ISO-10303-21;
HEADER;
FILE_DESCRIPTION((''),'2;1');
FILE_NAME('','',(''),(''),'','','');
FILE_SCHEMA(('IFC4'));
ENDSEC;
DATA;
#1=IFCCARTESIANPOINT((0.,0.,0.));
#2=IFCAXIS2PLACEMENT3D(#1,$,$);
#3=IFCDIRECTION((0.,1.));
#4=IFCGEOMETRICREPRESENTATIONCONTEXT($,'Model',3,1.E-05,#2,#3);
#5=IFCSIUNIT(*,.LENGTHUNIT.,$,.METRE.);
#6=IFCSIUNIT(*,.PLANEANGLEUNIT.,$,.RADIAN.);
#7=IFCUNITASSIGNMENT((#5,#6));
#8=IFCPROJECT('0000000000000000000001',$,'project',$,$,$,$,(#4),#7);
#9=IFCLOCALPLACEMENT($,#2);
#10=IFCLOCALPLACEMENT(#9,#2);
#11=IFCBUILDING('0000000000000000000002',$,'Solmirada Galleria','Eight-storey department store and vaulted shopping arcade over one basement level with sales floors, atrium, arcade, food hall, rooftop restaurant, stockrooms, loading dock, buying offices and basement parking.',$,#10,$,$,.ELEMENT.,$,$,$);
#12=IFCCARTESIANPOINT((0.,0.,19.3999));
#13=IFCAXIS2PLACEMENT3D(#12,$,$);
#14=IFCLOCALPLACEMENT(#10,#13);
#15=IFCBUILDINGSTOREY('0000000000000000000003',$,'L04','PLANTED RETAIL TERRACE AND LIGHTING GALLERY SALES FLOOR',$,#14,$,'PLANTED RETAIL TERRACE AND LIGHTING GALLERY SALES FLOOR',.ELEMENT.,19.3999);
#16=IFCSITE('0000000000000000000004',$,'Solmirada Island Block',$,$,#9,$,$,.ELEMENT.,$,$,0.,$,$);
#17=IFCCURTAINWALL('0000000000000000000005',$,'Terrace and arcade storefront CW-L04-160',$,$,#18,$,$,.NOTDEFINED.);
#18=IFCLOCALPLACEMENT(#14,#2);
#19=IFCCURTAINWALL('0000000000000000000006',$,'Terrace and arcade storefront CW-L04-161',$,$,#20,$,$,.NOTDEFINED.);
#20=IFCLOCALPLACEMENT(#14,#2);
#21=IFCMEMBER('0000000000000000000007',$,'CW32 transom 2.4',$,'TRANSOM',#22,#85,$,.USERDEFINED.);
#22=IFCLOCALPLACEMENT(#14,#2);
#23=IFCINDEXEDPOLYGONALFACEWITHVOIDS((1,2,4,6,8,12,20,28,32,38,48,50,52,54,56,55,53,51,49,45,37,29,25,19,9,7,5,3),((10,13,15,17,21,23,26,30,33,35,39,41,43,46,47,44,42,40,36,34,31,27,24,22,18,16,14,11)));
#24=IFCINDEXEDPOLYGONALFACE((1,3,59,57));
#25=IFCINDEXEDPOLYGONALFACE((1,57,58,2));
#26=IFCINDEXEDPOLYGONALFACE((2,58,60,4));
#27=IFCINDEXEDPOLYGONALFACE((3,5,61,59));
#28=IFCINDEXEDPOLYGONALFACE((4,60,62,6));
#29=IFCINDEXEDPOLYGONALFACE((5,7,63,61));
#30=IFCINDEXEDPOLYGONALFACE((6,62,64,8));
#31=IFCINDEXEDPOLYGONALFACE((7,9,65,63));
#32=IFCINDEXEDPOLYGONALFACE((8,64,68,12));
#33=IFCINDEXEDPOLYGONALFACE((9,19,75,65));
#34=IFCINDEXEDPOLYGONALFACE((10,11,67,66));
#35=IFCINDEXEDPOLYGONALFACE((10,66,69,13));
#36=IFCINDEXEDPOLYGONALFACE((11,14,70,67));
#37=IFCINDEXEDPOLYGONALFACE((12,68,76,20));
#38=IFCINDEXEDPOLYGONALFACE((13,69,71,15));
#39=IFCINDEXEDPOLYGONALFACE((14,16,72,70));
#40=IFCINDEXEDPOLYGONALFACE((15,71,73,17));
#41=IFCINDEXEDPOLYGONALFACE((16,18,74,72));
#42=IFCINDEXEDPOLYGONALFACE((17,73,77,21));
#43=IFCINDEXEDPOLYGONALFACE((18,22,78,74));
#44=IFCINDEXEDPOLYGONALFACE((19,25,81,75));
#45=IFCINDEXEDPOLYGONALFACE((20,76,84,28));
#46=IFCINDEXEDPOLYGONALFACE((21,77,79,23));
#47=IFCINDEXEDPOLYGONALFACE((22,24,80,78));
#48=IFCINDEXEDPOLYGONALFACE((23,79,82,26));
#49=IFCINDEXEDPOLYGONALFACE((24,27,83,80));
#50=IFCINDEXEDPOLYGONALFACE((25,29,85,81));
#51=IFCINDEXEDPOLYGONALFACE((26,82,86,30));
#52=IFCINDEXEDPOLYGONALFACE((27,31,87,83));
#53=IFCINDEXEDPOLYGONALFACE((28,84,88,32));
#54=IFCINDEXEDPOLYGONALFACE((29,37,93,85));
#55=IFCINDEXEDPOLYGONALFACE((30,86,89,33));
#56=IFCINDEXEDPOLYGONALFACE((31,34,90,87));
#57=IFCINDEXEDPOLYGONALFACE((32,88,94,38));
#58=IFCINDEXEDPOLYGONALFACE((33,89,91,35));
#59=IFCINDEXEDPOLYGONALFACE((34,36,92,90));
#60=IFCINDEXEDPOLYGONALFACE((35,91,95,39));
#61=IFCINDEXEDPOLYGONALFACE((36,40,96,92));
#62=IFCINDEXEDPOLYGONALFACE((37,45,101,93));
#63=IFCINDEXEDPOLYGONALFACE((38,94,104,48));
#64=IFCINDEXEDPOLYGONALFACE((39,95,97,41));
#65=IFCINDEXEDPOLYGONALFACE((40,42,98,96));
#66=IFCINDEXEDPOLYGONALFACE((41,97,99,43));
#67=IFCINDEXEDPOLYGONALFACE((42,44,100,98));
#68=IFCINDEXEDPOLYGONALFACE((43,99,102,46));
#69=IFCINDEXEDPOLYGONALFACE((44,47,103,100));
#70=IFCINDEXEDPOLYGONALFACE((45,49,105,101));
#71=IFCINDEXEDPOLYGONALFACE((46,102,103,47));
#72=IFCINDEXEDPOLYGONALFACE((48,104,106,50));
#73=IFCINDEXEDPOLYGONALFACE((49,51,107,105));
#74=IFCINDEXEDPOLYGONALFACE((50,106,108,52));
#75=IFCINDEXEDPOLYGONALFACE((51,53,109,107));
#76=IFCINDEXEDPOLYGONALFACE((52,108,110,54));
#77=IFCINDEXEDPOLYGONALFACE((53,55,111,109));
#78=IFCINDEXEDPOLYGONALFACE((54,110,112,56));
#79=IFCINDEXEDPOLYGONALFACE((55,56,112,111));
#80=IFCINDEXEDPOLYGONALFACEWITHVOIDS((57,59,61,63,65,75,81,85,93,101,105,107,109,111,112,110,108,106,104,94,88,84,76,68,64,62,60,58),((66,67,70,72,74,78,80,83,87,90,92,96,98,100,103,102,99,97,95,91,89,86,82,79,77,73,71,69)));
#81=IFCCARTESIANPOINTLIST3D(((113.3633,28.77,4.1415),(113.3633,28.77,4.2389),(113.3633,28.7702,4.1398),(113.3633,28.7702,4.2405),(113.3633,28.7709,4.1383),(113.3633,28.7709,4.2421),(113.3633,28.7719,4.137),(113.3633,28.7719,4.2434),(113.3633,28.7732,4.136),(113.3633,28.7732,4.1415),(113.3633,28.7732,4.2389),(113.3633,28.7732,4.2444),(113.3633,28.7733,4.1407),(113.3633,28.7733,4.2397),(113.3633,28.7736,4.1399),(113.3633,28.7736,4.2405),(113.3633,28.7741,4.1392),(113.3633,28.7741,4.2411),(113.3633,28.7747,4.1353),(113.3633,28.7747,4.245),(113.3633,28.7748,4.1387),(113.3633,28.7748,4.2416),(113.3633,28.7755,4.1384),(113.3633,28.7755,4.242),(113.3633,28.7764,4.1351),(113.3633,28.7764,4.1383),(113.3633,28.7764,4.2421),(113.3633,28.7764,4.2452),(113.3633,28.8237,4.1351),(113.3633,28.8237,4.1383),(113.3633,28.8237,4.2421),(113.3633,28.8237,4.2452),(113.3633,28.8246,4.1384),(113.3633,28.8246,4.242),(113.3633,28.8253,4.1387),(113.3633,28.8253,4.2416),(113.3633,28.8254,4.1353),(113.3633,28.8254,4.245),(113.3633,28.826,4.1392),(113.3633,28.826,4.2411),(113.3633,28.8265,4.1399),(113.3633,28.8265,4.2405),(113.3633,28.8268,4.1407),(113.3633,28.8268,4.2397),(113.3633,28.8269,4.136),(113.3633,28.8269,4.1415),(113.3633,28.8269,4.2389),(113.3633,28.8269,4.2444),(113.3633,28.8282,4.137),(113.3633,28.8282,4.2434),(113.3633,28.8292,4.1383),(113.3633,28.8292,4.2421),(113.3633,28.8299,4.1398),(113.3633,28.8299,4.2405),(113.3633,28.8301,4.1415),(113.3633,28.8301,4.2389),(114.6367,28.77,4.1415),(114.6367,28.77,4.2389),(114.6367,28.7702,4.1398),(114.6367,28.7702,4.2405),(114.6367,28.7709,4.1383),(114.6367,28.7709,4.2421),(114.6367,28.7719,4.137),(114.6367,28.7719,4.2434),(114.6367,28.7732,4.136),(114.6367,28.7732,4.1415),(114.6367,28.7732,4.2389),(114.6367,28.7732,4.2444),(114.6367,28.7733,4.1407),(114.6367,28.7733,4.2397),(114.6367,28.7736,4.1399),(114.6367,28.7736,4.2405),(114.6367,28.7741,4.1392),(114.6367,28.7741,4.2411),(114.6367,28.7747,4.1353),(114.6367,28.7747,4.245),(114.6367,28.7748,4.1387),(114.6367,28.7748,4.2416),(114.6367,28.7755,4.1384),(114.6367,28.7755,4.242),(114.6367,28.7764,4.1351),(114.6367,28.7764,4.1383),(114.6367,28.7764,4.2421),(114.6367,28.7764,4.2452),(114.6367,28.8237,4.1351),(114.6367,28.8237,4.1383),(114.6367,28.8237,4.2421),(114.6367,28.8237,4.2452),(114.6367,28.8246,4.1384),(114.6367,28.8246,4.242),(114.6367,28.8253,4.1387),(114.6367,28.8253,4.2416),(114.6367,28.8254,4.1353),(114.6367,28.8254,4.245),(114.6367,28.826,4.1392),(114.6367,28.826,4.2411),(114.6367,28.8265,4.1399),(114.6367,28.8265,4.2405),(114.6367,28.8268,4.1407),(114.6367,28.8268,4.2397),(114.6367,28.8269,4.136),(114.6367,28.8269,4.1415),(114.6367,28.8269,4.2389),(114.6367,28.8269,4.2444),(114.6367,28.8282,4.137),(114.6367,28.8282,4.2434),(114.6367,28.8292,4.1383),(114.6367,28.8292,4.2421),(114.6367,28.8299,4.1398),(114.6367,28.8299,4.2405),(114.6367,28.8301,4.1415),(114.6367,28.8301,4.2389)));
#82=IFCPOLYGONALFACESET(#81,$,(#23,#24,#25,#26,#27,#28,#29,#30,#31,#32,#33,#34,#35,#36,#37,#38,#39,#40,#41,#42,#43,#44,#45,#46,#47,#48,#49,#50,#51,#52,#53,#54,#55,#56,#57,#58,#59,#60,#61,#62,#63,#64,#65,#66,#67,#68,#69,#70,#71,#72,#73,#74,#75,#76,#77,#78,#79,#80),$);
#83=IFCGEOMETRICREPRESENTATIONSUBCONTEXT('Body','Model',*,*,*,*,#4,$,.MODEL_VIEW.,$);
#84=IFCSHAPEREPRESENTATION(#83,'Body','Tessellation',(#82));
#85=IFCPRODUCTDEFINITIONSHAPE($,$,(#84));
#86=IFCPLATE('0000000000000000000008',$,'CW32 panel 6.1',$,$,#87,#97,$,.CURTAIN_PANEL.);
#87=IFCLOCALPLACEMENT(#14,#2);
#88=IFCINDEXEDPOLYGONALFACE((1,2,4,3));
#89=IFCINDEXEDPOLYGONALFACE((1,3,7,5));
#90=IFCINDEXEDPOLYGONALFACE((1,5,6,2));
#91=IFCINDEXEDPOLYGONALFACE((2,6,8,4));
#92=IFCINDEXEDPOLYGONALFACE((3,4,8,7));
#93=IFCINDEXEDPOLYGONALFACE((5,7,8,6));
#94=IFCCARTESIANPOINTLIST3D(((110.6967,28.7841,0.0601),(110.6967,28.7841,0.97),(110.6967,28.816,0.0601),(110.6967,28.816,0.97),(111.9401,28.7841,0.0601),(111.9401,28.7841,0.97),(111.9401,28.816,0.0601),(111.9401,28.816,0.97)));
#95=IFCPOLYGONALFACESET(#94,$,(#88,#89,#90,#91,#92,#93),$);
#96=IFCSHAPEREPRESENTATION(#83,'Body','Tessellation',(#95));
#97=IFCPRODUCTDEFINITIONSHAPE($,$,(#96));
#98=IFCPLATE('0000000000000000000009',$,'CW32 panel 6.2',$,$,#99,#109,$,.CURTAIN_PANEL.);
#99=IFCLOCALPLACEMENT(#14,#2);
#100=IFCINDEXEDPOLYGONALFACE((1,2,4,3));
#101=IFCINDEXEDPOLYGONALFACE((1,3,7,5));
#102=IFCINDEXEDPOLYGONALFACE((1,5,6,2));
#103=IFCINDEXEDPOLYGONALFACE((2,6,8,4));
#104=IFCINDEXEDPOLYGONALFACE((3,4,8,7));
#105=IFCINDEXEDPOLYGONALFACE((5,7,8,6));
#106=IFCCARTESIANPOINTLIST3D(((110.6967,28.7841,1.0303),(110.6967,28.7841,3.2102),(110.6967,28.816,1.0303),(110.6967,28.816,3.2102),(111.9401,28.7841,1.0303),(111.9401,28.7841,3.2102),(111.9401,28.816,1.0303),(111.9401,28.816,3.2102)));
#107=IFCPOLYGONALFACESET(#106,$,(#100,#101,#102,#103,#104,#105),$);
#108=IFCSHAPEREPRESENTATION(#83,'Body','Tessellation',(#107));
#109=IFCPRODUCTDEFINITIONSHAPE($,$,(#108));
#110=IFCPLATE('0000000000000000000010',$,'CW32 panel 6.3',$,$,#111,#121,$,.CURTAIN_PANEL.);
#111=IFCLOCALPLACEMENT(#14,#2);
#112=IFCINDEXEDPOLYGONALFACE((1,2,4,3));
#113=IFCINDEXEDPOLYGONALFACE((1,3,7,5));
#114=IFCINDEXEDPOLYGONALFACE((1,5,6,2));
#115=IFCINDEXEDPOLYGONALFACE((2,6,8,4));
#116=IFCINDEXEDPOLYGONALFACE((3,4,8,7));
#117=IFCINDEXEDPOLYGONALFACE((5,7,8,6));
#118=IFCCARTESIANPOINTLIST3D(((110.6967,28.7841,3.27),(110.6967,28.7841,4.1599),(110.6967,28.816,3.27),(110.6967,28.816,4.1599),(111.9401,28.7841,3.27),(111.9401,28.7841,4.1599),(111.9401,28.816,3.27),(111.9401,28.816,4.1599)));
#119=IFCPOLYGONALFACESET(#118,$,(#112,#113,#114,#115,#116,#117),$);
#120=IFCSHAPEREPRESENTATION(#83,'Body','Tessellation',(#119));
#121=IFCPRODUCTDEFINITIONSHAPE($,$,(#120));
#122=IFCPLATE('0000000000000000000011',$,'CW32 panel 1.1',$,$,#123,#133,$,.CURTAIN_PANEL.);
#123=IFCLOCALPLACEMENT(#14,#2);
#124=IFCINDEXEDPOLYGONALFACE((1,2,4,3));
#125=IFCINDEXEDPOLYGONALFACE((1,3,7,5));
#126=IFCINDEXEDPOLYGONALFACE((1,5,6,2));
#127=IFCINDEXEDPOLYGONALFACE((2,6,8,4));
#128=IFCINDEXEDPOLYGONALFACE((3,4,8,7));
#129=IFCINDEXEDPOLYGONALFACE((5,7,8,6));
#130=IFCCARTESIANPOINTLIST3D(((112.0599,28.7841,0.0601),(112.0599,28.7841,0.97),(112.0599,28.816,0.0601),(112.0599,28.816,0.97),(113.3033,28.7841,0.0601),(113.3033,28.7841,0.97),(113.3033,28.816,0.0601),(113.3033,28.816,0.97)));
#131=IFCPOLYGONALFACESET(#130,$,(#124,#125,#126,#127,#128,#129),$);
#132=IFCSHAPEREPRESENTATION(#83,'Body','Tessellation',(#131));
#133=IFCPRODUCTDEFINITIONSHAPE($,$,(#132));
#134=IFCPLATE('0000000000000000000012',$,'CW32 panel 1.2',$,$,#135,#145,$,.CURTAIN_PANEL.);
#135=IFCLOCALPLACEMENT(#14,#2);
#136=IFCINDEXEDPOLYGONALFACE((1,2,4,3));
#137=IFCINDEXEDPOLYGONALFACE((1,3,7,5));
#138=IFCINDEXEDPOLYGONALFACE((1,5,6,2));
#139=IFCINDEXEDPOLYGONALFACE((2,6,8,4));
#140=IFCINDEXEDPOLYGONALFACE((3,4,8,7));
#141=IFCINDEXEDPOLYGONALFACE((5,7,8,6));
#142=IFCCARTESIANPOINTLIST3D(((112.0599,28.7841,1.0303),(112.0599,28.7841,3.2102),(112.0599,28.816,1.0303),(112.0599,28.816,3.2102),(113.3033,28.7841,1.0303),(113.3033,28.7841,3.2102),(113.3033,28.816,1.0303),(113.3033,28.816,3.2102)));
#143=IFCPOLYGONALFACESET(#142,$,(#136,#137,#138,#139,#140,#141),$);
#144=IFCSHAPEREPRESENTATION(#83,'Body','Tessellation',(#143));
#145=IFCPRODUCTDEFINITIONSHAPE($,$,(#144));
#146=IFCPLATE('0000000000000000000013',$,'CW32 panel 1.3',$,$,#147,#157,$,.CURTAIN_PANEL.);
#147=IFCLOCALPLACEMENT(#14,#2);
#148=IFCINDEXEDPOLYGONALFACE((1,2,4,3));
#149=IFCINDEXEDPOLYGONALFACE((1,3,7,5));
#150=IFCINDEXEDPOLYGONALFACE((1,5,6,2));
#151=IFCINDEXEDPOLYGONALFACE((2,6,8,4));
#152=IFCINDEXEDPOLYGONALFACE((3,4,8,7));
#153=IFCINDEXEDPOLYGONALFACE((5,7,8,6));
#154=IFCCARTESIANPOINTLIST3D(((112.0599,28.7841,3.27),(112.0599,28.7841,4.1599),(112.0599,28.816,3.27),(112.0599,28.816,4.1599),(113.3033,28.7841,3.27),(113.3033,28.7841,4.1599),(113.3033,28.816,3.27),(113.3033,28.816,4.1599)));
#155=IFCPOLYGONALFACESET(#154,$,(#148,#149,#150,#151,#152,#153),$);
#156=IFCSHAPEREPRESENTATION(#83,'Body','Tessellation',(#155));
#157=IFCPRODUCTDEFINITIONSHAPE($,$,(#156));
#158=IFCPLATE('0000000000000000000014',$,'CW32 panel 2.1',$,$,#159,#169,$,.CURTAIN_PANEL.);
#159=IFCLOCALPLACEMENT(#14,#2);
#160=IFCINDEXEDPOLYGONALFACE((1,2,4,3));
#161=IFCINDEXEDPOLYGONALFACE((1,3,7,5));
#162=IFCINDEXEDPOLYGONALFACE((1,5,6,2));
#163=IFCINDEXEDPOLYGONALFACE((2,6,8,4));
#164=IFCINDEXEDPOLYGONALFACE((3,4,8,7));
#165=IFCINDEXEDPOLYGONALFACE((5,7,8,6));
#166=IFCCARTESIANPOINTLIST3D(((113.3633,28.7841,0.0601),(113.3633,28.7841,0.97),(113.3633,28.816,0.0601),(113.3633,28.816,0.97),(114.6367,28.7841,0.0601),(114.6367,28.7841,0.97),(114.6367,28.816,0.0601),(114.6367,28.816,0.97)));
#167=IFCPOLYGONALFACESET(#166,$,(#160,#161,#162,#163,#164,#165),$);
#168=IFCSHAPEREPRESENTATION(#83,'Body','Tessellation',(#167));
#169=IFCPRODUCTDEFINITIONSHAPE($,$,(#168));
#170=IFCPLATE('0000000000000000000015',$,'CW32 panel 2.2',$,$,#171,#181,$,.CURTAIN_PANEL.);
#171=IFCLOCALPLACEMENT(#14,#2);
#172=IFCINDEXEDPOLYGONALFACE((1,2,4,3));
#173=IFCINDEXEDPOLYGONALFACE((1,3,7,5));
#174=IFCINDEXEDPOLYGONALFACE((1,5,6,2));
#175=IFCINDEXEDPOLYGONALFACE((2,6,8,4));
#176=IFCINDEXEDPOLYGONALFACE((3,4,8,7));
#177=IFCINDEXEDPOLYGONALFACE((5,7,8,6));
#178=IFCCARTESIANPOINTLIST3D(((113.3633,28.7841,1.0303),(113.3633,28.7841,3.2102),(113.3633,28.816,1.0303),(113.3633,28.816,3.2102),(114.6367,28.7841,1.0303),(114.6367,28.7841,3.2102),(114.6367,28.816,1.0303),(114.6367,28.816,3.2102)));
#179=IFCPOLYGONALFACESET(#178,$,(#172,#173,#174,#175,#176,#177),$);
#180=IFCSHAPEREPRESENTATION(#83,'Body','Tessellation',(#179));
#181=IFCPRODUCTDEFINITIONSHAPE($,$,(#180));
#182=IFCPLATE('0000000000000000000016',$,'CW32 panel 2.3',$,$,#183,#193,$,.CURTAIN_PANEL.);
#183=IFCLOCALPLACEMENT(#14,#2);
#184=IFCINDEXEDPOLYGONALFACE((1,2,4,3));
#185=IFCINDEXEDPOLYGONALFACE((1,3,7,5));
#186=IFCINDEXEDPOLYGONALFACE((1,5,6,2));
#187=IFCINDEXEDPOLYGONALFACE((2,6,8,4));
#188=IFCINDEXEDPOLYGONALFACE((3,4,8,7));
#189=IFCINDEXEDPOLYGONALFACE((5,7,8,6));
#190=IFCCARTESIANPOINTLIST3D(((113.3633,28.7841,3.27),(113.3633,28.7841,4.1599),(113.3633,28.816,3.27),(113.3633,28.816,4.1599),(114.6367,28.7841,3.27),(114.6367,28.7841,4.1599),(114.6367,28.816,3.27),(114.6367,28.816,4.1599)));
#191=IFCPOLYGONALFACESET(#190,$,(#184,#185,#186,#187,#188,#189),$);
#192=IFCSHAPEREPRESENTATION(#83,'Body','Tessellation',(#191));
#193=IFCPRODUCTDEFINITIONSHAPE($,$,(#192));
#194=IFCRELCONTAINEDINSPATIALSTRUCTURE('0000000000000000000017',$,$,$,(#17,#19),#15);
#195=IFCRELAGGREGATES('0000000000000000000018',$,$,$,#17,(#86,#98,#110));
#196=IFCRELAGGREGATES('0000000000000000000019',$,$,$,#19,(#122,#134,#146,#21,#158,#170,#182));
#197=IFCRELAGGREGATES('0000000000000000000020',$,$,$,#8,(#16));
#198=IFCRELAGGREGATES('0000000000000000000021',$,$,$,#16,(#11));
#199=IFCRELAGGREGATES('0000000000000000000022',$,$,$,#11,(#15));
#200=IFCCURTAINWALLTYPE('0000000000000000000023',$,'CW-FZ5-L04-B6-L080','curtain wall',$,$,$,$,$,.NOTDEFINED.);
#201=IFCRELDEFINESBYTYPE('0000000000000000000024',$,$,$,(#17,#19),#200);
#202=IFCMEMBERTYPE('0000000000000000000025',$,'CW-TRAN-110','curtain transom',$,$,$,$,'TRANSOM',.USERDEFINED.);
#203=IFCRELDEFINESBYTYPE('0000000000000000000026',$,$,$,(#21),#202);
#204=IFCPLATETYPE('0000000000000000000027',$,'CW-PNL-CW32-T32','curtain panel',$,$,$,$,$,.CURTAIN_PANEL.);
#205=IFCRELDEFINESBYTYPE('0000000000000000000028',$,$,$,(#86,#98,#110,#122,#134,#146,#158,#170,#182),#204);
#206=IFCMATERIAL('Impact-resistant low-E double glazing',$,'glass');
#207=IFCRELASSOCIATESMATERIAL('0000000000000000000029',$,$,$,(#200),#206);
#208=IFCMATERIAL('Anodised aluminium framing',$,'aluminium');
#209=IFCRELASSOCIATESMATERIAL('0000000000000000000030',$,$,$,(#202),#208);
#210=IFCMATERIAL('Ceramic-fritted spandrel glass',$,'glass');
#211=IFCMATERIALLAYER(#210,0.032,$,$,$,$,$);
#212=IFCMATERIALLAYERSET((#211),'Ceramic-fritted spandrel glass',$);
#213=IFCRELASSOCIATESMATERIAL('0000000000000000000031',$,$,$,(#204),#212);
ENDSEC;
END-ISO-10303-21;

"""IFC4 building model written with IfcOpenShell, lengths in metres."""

from ifc_helpers import new_model, si_unit, direction, frame, origin, origin_2d, place, context, subcontext, project, spatial, rectangle, hollow_rectangle, extrude, material, layer, layer_set, material_profile, profile_set, type_object, element, aggregate, save


model = new_model("IFC4")

# Units and contexts
model_context = context("Model", 3, precision=1e-05, world=origin(), true_north=direction((0.0, 1.0)))
body_context = subcontext(model_context, "Body", "Model", "MODEL_VIEW")
ifc_project = project(units=[si_unit("LENGTHUNIT", "METRE"), si_unit("PLANEANGLEUNIT", "RADIAN")], contexts=[model_context])

# Site, building, storey
site_placement = place(None, origin())
site = spatial("IfcSite", under=ifc_project, at=site_placement, Name="Solmirada Island Block", CompositionType="ELEMENT", RefElevation=0.0)
building_placement = place(site_placement, origin())
building = spatial("IfcBuilding", under=site, at=building_placement, Name="Solmirada Galleria", Description="Eight-storey department store and vaulted shopping arcade over one basement level with sales floors, atrium, arcade, food hall, rooftop restaurant, stockrooms, loading dock, buying offices and basement parking.", CompositionType="ELEMENT")
storey_placement = place(building_placement, frame((0.0, 0.0, 19.3999)))
storey = spatial("IfcBuildingStorey", under=building, at=storey_placement, Name="L04", Description="PLANTED RETAIL TERRACE AND LIGHTING GALLERY SALES FLOOR", LongName="PLANTED RETAIL TERRACE AND LIGHTING GALLERY SALES FLOOR", CompositionType="ELEMENT", Elevation=19.3999)

# Curtain wall
ifc_material_1 = material(Name="Impact-resistant low-E double glazing", Category="glass")
curtain_wall_type = type_object("IfcCurtainWallType", Name="CW-FZ5-L04-B6-L080", Description="curtain wall", PredefinedType="NOTDEFINED", material=ifc_material_1)
curtain_wall_1_placement = place(storey_placement, origin())
curtain_wall_1 = element("IfcCurtainWall", 1, at=curtain_wall_1_placement, inside=storey, type_object=curtain_wall_type, Name="Terrace and arcade storefront CW-L04-160", PredefinedType="NOTDEFINED")
ifc_material_2 = material(Name="Anodised aluminium framing", Category="aluminium")

# Curtain wall
curtain_wall_2_placement = place(storey_placement, origin())
curtain_wall_2 = element("IfcCurtainWall", 2, at=curtain_wall_2_placement, inside=storey, type_object=curtain_wall_type, Name="Terrace and arcade storefront CW-L04-161", PredefinedType="NOTDEFINED")

# Member
ifc_material_profile_1 = material_profile(ifc_material_2, hollow_rectangle(XDim=0.0601, YDim=0.1101, WallThickness=0.0032, InnerFilletRadius=0.0032, OuterFilletRadius=0.0063, at=origin_2d()), Name="ALU-TRAN-110X60")
ifc_profile_set_1 = profile_set([ifc_material_profile_1], Name="Anodised aluminium framing")
member_type_1 = type_object("IfcMemberType", Name="CW-TRAN-110", Description="curtain transom", ElementType="TRANSOM", PredefinedType="USERDEFINED", material=ifc_profile_set_1)
member_1_placement = place(storey_placement, frame((113.3633, 28.8, 4.1902), z_axis=(1.0, 0.0, 0.0), x_axis=(0.0, 1.0, 0.0)))
member_1 = element("IfcMember", 3, at=member_1_placement, type_object=member_type_1, Name="CW32 transom 2.4", ObjectType="TRANSOM", PredefinedType="USERDEFINED", context=body_context, shape_type="SweptSolid", body=[
    extrude(hollow_rectangle(XDim=0.0601, YDim=0.1101, WallThickness=0.0032, InnerFilletRadius=0.0032, OuterFilletRadius=0.0063, at=origin_2d()), origin(), (0.0, 0.0, 1.0), 1.2734),
])

# Plates
ifc_material_3 = material(Name="Ceramic-fritted spandrel glass", Category="glass")
ifc_layer = layer(ifc_material_3, 0.032)
ifc_layer_set = layer_set([ifc_layer], Name="Ceramic-fritted spandrel glass")
plate_type = type_object("IfcPlateType", Name="CW-PNL-CW32-T32", Description="curtain panel", PredefinedType="CURTAIN_PANEL", material=ifc_layer_set)
plate_1_placement = place(storey_placement, frame((111.3184, 28.8, 0.0601), z_axis=(0.0, 0.0, 1.0), x_axis=(1.0, 0.0, 0.0)))
plate_1 = element("IfcPlate", 4, at=plate_1_placement, type_object=plate_type, Name="CW32 panel 6.1", PredefinedType="CURTAIN_PANEL", context=body_context, shape_type="SweptSolid", body=[
    extrude(rectangle(XDim=1.2434, YDim=0.032, at=origin_2d()), origin(), (0.0, 0.0, 1.0), 0.9099),
])
plate_2_placement = place(storey_placement, frame((111.3184, 28.8, 1.0303), z_axis=(0.0, 0.0, 1.0), x_axis=(1.0, 0.0, 0.0)))
plate_2 = element("IfcPlate", 5, at=plate_2_placement, type_object=plate_type, Name="CW32 panel 6.2", PredefinedType="CURTAIN_PANEL", context=body_context, shape_type="SweptSolid", body=[
    extrude(rectangle(XDim=1.2434, YDim=0.032, at=origin_2d()), origin(), (0.0, 0.0, 1.0), 2.1799),
])
plate_3_placement = place(storey_placement, frame((111.3184, 28.8, 3.27), z_axis=(0.0, 0.0, 1.0), x_axis=(1.0, 0.0, 0.0)))
plate_3 = element("IfcPlate", 6, at=plate_3_placement, type_object=plate_type, Name="CW32 panel 6.3", PredefinedType="CURTAIN_PANEL", context=body_context, shape_type="SweptSolid", body=[
    extrude(rectangle(XDim=1.2434, YDim=0.032, at=origin_2d()), origin(), (0.0, 0.0, 1.0), 0.8899),
])
aggregate(curtain_wall_1, [plate_1, plate_2, plate_3])
plate_4_placement = place(storey_placement, frame((112.6816, 28.8, 0.0601), z_axis=(0.0, 0.0, 1.0), x_axis=(1.0, 0.0, 0.0)))
plate_4 = element("IfcPlate", 7, at=plate_4_placement, type_object=plate_type, Name="CW32 panel 1.1", PredefinedType="CURTAIN_PANEL", context=body_context, shape_type="SweptSolid", body=[
    extrude(rectangle(XDim=1.2434, YDim=0.032, at=origin_2d()), origin(), (0.0, 0.0, 1.0), 0.9099),
])
plate_5_placement = place(storey_placement, frame((112.6816, 28.8, 1.0303), z_axis=(0.0, 0.0, 1.0), x_axis=(1.0, 0.0, 0.0)))
plate_5 = element("IfcPlate", 8, at=plate_5_placement, type_object=plate_type, Name="CW32 panel 1.2", PredefinedType="CURTAIN_PANEL", context=body_context, shape_type="SweptSolid", body=[
    extrude(rectangle(XDim=1.2434, YDim=0.032, at=origin_2d()), origin(), (0.0, 0.0, 1.0), 2.1799),
])
plate_6_placement = place(storey_placement, frame((112.6816, 28.8, 3.27), z_axis=(0.0, 0.0, 1.0), x_axis=(1.0, 0.0, 0.0)))
plate_6 = element("IfcPlate", 9, at=plate_6_placement, type_object=plate_type, Name="CW32 panel 1.3", PredefinedType="CURTAIN_PANEL", context=body_context, shape_type="SweptSolid", body=[
    extrude(rectangle(XDim=1.2434, YDim=0.032, at=origin_2d()), origin(), (0.0, 0.0, 1.0), 0.8899),
])
plate_7_placement = place(storey_placement, frame((114.0, 28.8, 0.0601), z_axis=(0.0, 0.0, 1.0), x_axis=(1.0, 0.0, 0.0)))
plate_7 = element("IfcPlate", 10, at=plate_7_placement, type_object=plate_type, Name="CW32 panel 2.1", PredefinedType="CURTAIN_PANEL", context=body_context, shape_type="SweptSolid", body=[
    extrude(rectangle(XDim=1.2734, YDim=0.032, at=origin_2d()), origin(), (0.0, 0.0, 1.0), 0.9099),
])
plate_8_placement = place(storey_placement, frame((114.0, 28.8, 1.0303), z_axis=(0.0, 0.0, 1.0), x_axis=(1.0, 0.0, 0.0)))
plate_8 = element("IfcPlate", 11, at=plate_8_placement, type_object=plate_type, Name="CW32 panel 2.2", PredefinedType="CURTAIN_PANEL", context=body_context, shape_type="SweptSolid", body=[
    extrude(rectangle(XDim=1.2734, YDim=0.032, at=origin_2d()), origin(), (0.0, 0.0, 1.0), 2.1799),
])
plate_9_placement = place(storey_placement, frame((114.0, 28.8, 3.27), z_axis=(0.0, 0.0, 1.0), x_axis=(1.0, 0.0, 0.0)))
plate_9 = element("IfcPlate", 12, at=plate_9_placement, type_object=plate_type, Name="CW32 panel 2.3", PredefinedType="CURTAIN_PANEL", context=body_context, shape_type="SweptSolid", body=[
    extrude(rectangle(XDim=1.2734, YDim=0.032, at=origin_2d()), origin(), (0.0, 0.0, 1.0), 0.8899),
])
aggregate(curtain_wall_2, [plate_4, plate_5, plate_6, member_1, plate_7, plate_8, plate_9])

save(model, "model.ifc")
